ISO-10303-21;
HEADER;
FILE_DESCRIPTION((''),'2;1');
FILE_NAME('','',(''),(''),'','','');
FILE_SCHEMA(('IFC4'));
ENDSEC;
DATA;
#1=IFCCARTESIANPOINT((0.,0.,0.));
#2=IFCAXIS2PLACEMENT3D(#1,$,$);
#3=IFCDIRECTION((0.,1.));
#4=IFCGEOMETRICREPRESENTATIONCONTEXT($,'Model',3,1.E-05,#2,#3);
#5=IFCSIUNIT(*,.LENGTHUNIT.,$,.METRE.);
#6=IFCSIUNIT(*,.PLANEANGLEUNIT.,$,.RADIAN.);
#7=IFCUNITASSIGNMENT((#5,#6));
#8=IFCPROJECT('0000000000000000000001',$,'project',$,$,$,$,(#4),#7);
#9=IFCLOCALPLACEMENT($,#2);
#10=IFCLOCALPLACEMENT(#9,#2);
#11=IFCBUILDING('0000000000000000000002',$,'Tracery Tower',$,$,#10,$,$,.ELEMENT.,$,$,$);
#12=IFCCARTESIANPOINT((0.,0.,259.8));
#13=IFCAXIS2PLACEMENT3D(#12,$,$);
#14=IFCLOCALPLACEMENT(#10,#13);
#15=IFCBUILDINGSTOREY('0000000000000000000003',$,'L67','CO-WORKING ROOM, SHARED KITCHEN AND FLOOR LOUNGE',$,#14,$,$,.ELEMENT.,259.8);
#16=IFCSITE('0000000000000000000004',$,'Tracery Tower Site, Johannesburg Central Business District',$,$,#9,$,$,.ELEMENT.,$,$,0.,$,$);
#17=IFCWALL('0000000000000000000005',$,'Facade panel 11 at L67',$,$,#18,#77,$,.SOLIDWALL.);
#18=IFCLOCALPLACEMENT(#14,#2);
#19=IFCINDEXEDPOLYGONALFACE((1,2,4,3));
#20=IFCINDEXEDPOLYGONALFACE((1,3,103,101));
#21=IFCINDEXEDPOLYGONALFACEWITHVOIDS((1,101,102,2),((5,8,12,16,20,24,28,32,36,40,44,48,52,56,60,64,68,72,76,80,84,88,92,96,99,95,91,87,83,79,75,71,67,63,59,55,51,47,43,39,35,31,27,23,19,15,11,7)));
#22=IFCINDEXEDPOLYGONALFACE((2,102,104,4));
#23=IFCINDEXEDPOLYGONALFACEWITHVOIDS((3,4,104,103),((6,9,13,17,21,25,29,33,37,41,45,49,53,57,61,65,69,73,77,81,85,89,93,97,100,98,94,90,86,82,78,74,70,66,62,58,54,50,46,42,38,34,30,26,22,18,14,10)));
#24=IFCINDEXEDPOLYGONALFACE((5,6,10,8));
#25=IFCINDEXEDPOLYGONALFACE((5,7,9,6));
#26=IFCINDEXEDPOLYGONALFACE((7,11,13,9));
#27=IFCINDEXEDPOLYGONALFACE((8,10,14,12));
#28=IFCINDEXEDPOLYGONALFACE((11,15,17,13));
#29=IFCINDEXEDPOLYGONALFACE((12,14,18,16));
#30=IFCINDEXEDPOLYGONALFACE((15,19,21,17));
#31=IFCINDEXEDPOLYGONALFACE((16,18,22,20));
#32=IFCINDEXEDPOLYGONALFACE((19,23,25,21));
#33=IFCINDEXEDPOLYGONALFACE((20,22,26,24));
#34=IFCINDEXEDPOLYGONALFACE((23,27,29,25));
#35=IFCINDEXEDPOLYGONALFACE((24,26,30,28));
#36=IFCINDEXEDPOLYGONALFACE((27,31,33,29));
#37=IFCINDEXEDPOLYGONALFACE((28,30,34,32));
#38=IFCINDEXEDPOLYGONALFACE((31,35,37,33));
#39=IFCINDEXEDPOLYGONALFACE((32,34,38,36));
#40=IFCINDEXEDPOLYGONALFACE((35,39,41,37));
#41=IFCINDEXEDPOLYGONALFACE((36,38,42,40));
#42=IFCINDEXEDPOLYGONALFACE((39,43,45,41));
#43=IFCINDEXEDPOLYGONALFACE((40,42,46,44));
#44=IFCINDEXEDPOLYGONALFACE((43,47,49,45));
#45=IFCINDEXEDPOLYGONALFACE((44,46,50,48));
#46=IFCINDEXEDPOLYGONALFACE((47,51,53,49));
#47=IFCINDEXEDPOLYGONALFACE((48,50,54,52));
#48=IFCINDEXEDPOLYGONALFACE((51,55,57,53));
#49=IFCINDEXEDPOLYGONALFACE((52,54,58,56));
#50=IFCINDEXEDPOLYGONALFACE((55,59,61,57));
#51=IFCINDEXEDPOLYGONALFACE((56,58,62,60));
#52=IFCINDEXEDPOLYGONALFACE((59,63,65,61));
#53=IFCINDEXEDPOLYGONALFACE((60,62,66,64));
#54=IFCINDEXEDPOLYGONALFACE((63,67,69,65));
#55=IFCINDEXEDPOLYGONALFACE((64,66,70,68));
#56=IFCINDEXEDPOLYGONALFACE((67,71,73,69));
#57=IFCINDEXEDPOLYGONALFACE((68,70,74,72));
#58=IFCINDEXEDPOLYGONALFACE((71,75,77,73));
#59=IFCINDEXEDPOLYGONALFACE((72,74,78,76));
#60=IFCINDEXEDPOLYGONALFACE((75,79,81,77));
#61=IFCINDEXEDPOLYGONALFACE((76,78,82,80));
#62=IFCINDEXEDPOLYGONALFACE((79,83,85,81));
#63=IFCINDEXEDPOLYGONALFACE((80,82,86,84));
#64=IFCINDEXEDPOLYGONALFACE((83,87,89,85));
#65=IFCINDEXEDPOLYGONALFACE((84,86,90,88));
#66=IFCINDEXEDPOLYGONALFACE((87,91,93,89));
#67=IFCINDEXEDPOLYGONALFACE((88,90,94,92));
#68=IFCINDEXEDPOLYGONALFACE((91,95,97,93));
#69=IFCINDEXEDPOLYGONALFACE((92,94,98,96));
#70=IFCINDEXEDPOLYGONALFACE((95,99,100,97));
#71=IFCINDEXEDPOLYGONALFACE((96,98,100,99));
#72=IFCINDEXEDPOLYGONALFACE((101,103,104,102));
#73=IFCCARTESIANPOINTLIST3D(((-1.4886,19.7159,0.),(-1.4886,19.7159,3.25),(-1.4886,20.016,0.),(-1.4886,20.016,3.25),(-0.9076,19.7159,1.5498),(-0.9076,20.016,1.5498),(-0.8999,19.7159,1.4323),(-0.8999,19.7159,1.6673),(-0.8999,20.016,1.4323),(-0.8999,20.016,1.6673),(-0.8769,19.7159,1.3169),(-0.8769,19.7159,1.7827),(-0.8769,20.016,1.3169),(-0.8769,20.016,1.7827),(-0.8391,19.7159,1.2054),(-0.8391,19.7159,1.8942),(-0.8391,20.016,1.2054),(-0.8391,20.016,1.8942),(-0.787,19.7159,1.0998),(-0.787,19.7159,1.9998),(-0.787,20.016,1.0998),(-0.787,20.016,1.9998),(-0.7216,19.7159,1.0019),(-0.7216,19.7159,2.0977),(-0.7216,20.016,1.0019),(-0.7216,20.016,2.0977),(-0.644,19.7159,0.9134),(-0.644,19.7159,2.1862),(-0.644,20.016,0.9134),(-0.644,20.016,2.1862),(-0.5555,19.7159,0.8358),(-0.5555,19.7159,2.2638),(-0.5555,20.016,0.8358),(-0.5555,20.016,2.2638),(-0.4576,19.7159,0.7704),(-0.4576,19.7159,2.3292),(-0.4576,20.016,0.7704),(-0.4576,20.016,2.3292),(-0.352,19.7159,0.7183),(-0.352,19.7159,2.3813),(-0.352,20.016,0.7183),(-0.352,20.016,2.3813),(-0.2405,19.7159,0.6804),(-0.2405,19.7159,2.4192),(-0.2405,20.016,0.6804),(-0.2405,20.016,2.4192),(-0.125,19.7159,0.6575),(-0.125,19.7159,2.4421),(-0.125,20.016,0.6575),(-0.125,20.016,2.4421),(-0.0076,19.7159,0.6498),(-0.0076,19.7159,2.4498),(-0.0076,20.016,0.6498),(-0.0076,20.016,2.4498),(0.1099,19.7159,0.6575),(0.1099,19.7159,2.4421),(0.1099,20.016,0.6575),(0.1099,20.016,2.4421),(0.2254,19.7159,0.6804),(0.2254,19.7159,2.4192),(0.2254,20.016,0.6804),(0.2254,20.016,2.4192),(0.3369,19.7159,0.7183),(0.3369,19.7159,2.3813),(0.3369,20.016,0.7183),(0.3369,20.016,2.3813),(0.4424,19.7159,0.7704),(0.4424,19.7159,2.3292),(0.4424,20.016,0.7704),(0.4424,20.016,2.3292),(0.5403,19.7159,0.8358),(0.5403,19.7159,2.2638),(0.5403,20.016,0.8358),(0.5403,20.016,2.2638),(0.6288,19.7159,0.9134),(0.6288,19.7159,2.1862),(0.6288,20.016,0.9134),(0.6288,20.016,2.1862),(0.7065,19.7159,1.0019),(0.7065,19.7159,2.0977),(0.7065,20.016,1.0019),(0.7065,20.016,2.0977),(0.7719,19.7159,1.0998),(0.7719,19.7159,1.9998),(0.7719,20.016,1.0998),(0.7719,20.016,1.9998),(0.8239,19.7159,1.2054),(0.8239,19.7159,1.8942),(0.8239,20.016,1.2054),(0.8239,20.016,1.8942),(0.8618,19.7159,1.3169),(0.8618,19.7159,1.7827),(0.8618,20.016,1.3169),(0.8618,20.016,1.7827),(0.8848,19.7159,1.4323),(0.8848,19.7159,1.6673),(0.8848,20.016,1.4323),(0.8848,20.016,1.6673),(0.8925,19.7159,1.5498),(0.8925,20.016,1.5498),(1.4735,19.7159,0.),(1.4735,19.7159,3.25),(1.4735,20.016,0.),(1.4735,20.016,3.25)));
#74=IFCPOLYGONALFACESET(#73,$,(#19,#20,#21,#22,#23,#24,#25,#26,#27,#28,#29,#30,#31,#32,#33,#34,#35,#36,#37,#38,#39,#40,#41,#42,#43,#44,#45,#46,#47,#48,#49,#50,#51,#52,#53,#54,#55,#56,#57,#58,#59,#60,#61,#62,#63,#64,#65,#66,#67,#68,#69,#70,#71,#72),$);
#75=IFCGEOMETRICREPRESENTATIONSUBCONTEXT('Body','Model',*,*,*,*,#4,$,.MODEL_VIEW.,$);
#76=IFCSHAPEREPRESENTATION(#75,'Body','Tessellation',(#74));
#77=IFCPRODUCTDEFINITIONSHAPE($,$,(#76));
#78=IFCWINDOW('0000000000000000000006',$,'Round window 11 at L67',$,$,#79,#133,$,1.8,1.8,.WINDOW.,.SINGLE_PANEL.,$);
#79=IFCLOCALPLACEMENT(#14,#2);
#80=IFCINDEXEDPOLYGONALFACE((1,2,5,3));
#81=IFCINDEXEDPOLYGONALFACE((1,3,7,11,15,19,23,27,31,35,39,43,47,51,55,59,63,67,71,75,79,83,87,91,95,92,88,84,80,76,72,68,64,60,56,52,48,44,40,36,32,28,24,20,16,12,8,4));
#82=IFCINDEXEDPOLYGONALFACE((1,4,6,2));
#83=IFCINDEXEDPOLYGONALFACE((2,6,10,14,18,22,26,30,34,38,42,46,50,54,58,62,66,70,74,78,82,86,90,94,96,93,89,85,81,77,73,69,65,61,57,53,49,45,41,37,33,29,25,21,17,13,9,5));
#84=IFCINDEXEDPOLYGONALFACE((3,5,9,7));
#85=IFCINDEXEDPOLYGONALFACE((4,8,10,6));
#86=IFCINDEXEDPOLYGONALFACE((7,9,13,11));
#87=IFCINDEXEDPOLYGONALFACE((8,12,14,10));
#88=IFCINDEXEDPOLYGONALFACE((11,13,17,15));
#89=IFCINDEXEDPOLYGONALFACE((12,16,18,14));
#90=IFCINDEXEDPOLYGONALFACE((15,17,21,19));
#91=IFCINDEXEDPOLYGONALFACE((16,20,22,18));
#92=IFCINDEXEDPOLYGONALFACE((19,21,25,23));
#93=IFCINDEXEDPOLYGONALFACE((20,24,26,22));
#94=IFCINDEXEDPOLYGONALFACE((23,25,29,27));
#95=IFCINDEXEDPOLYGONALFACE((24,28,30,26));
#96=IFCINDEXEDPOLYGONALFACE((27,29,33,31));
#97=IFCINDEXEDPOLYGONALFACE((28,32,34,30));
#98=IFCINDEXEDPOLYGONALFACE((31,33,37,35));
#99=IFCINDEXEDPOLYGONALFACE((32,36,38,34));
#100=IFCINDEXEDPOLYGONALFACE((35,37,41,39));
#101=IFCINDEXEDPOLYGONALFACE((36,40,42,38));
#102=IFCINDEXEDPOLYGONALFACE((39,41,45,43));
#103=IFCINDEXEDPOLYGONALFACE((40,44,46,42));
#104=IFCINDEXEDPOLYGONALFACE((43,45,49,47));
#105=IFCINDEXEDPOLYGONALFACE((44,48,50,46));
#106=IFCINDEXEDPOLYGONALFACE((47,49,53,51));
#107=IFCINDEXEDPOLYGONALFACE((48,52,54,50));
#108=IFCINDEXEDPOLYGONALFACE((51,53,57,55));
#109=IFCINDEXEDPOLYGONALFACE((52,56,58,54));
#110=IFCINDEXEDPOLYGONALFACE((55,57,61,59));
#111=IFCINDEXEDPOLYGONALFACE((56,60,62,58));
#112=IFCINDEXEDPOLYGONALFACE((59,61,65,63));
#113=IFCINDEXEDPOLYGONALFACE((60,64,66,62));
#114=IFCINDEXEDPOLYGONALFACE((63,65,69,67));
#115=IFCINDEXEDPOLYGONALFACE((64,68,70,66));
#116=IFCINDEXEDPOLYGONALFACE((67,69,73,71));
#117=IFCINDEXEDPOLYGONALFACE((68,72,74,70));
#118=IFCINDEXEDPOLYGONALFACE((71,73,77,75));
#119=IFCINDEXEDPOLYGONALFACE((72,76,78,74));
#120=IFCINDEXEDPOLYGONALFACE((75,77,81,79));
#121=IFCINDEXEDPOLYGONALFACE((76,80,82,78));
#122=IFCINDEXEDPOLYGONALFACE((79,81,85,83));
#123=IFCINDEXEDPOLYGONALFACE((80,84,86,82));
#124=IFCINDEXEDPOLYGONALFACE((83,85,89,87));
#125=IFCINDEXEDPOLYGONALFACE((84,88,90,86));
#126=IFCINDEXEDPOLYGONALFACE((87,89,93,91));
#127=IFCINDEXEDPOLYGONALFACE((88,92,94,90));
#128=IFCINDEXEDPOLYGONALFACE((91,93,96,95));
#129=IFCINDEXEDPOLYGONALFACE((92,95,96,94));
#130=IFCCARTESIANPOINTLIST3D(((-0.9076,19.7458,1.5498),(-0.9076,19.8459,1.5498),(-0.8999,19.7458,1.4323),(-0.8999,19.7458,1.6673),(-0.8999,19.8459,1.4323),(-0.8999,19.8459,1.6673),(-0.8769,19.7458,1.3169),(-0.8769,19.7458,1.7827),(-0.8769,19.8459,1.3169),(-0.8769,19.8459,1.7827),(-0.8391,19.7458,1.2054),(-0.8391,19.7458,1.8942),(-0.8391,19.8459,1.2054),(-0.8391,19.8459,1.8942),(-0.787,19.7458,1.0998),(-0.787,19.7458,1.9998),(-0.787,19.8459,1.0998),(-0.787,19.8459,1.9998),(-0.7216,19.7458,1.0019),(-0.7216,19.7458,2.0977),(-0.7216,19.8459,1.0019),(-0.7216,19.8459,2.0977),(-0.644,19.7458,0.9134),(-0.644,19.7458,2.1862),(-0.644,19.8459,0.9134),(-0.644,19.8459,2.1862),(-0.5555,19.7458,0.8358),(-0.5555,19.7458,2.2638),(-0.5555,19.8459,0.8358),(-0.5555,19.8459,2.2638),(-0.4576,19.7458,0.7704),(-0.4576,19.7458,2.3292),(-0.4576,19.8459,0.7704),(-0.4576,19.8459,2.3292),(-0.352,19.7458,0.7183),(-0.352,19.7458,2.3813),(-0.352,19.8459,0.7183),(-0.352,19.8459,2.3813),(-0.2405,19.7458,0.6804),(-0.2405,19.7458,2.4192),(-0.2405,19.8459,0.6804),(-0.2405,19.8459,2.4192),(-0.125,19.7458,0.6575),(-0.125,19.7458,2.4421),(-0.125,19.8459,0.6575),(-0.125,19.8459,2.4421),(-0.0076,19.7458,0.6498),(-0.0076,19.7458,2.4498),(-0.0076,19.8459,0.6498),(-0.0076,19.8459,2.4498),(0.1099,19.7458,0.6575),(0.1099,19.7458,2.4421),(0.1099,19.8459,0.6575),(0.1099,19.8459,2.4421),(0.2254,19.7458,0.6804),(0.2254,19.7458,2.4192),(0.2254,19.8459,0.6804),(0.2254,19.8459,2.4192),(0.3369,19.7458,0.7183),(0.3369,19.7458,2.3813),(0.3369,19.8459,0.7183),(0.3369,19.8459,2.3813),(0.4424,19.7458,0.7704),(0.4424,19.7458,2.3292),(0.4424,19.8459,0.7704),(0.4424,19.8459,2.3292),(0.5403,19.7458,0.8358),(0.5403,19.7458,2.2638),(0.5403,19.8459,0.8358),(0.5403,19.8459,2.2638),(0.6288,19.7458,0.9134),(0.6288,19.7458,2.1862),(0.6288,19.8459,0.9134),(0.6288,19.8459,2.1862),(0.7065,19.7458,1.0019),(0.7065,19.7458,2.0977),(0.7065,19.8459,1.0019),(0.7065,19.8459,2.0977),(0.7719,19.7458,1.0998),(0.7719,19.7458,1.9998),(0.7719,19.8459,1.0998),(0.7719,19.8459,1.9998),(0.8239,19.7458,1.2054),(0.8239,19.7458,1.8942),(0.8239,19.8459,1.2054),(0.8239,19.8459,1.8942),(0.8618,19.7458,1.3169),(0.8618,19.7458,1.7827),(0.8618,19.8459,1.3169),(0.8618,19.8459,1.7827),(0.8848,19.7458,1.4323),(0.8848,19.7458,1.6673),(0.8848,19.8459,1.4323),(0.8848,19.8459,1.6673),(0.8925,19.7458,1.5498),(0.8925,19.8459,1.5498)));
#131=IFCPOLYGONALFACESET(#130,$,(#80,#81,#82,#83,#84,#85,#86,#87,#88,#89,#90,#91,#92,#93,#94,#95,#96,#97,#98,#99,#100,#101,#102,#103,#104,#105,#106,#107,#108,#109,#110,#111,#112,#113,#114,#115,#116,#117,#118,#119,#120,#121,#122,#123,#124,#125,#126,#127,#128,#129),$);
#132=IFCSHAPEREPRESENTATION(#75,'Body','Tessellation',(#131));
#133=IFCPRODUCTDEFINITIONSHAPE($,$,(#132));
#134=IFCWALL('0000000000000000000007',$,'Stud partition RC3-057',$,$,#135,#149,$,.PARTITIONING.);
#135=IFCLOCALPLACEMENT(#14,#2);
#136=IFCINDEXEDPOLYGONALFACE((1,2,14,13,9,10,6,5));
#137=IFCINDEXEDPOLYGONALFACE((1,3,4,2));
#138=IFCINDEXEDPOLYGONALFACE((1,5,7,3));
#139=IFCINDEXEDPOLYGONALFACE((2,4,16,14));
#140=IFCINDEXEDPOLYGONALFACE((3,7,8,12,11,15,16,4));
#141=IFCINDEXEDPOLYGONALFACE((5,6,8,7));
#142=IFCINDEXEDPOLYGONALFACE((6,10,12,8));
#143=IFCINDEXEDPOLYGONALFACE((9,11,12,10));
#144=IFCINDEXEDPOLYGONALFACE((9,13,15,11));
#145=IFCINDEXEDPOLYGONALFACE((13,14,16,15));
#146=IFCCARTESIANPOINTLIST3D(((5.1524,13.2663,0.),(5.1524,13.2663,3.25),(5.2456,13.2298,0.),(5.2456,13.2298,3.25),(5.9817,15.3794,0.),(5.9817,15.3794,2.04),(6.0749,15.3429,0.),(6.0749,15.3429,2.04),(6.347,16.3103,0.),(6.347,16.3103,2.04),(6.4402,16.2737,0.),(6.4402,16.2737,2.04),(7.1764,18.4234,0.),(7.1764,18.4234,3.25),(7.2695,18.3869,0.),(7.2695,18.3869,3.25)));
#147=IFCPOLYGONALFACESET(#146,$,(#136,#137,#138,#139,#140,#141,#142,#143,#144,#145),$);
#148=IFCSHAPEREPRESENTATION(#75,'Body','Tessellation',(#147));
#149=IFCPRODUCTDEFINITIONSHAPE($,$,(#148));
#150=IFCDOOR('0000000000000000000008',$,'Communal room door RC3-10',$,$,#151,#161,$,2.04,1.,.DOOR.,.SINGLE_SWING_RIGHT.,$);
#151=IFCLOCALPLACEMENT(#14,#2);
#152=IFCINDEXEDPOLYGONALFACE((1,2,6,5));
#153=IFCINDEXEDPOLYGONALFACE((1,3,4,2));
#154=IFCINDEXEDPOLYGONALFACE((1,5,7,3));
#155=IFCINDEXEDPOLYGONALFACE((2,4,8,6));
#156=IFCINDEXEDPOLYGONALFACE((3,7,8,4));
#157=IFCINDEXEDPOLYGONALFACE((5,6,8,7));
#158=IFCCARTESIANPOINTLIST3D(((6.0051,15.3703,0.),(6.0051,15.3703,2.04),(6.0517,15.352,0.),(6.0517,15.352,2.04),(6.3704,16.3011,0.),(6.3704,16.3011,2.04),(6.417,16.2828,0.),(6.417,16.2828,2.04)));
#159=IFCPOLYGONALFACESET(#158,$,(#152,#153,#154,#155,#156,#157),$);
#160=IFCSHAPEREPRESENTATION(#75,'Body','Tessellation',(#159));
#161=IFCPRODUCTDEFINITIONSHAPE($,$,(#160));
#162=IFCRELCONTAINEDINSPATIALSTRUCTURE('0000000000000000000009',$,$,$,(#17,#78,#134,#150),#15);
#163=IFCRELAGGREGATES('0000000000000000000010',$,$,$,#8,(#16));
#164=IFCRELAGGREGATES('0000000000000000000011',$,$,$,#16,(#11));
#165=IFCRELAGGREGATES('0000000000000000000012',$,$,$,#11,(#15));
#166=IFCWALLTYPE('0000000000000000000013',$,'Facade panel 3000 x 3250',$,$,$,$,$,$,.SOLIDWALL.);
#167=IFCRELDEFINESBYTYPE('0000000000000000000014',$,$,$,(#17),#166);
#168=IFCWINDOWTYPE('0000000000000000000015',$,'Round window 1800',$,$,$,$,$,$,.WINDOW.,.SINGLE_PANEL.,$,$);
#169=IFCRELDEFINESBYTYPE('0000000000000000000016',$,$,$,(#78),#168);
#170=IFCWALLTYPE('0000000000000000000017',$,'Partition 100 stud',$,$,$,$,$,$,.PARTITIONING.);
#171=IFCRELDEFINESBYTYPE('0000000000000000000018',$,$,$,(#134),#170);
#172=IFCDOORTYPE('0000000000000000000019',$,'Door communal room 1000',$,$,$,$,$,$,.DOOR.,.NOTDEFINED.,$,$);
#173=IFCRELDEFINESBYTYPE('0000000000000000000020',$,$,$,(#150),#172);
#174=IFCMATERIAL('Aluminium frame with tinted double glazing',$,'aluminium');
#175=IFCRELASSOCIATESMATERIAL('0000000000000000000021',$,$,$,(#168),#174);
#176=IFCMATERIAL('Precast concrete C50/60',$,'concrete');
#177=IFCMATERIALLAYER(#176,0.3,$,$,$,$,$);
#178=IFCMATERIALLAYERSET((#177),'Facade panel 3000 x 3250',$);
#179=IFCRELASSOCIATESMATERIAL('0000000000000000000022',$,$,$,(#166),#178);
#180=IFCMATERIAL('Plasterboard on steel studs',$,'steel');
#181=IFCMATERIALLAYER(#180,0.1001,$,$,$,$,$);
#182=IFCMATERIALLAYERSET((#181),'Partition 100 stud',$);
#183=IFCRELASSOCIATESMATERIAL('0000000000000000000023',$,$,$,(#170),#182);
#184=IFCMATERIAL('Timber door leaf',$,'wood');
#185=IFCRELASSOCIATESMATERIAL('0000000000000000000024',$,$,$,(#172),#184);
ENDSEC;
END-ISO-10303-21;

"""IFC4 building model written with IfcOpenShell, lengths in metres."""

from ifc_helpers import new_model, si_unit, direction, frame, frame_2d, origin, origin_2d, place, context, subcontext, project, spatial, rectangle, circle, extrude, material, layer, layer_set, type_object, element, fill, save


model = new_model("IFC4")

# Units and contexts
model_context = context("Model", 3, precision=1e-05, world=origin(), true_north=direction((0.0, 1.0)))
body_context = subcontext(model_context, "Body", "Model", "MODEL_VIEW")
ifc_project = project(units=[si_unit("LENGTHUNIT", "METRE"), si_unit("PLANEANGLEUNIT", "RADIAN")], contexts=[model_context])

# Site, building, storey
site_placement = place(None, origin())
site = spatial("IfcSite", under=ifc_project, at=site_placement, Name="Tracery Tower Site, Johannesburg Central Business District", CompositionType="ELEMENT", RefElevation=0.0)
building_placement = place(site_placement, origin())
building = spatial("IfcBuilding", under=site, at=building_placement, Name="Tracery Tower", CompositionType="ELEMENT")
storey_placement = place(building_placement, frame((0.0, 0.0, 259.8)))
storey = spatial("IfcBuildingStorey", under=building, at=storey_placement, Name="L67", Description="CO-WORKING ROOM, SHARED KITCHEN AND FLOOR LOUNGE", CompositionType="ELEMENT", Elevation=259.8)

# Wall, opening, window
ifc_material_1 = material(Name="Aluminium frame with tinted double glazing", Category="aluminium")
window_type = type_object("IfcWindowType", Name="Round window 1800", PartitioningType="SINGLE_PANEL", PredefinedType="WINDOW", material=ifc_material_1)
ifc_material_2 = material(Name="Precast concrete C50/60", Category="concrete")
ifc_layer_1 = layer(ifc_material_2, 0.3)
ifc_layer_set_1 = layer_set([ifc_layer_1], Name="Facade panel 3000 x 3250")
wall_type_1 = type_object("IfcWallType", Name="Facade panel 3000 x 3250", PredefinedType="SOLIDWALL", material=ifc_layer_set_1)
wall_1_placement = place(storey_placement, frame((1.4734, 19.866, 0.0), z_axis=(0.0, 0.0, 1.0), x_axis=(-1.0, 0.0, 0.0)))
wall_1 = element("IfcWall", 1, at=wall_1_placement, inside=storey, type_object=wall_type_1, Name="Facade panel 11 at L67", PredefinedType="SOLIDWALL", context=body_context, shape_type="SweptSolid", body=[
    extrude(rectangle(XDim=2.9622, YDim=0.3, at=frame_2d((1.481, 0.0))), origin(), (0.0, 0.0, 1.0), 3.25),
])
opening_1_placement = place(wall_1_placement, frame((1.481, 0.0, 1.5498)))
opening_1 = element("IfcOpeningElement", 2, at=opening_1_placement, cuts=wall_1, PredefinedType="OPENING", context=body_context, shape_type="SweptSolid", body=[
    extrude(circle(Radius=0.9, at=origin_2d()), frame((0.0, 0.1599, 0.0), z_axis=(0.0, -1.0, 0.0), x_axis=(1.0, 0.0, 0.0)), (0.0, 0.0, 1.0), 0.3201),
])
window_1_placement = place(opening_1_placement, origin())
window_1 = element("IfcWindow", 3, at=window_1_placement, inside=storey, type_object=window_type, Name="Round window 11 at L67", OverallHeight=1.8, OverallWidth=1.8, PartitioningType="SINGLE_PANEL", PredefinedType="WINDOW", context=body_context, shape_type="SweptSolid", body=[
    extrude(circle(Radius=0.9, at=origin_2d()), frame((0.0, 0.1201, 0.0), z_axis=(0.0, -1.0, 0.0), x_axis=(1.0, 0.0, 0.0)), (0.0, 0.0, 1.0), 0.1001),
])
fill(opening_1, window_1)

# Wall, opening, door
ifc_material_3 = material(Name="Plasterboard on steel studs", Category="steel")
ifc_layer_2 = layer(ifc_material_3, 0.1001)
ifc_layer_set_2 = layer_set([ifc_layer_2], Name="Partition 100 stud")
wall_type_2 = type_object("IfcWallType", Name="Partition 100 stud", PredefinedType="PARTITIONING", material=ifc_layer_set_2)
wall_2_placement = place(storey_placement, frame((5.199, 13.248, 0.0), z_axis=(0.0, 0.0, 1.0), x_axis=(0.365335, 0.930876, 0.0)))
wall_2 = element("IfcWall", 4, at=wall_2_placement, inside=storey, type_object=wall_type_2, Name="Stud partition RC3-057", PredefinedType="PARTITIONING", context=body_context, shape_type="SweptSolid", body=[
    extrude(rectangle(XDim=5.54, YDim=0.1001, at=frame_2d((2.77, 0.0))), origin(), (0.0, 0.0, 1.0), 3.25),
])
opening_2_placement = place(wall_2_placement, frame((2.27, 0.0, 0.0)))
opening_2 = element("IfcOpeningElement", 5, at=opening_2_placement, cuts=wall_2, PredefinedType="OPENING", context=body_context, shape_type="SweptSolid", body=[
    extrude(rectangle(XDim=1.0, YDim=2.04, at=frame_2d((0.5, 1.02))), frame((0.0, 0.05, 0.0), z_axis=(0.0, -1.0, 0.0), x_axis=(1.0, 0.0, 0.0)), (0.0, 0.0, 1.0), 0.1001),
])
ifc_material_4 = material(Name="Timber door leaf", Category="wood")
door_type_1 = type_object("IfcDoorType", Name="Door communal room 1000", OperationType="NOTDEFINED", PredefinedType="DOOR", material=ifc_material_4)
door_1_placement = place(opening_2_placement, origin())
door_1 = element("IfcDoor", 6, at=door_1_placement, inside=storey, type_object=door_type_1, Name="Communal room door RC3-10", OperationType="SINGLE_SWING_RIGHT", OverallHeight=2.04, OverallWidth=1.0, PredefinedType="DOOR", context=body_context, shape_type="SweptSolid", body=[
    extrude(rectangle(XDim=1.0, YDim=2.04, at=frame_2d((0.5, 1.02))), frame((0.0, 0.0249, 0.0), z_axis=(0.0, -1.0, 0.0), x_axis=(1.0, 0.0, 0.0)), (0.0, 0.0, 1.0), 0.05),
])
fill(opening_2, door_1)

save(model, "model.ifc")
